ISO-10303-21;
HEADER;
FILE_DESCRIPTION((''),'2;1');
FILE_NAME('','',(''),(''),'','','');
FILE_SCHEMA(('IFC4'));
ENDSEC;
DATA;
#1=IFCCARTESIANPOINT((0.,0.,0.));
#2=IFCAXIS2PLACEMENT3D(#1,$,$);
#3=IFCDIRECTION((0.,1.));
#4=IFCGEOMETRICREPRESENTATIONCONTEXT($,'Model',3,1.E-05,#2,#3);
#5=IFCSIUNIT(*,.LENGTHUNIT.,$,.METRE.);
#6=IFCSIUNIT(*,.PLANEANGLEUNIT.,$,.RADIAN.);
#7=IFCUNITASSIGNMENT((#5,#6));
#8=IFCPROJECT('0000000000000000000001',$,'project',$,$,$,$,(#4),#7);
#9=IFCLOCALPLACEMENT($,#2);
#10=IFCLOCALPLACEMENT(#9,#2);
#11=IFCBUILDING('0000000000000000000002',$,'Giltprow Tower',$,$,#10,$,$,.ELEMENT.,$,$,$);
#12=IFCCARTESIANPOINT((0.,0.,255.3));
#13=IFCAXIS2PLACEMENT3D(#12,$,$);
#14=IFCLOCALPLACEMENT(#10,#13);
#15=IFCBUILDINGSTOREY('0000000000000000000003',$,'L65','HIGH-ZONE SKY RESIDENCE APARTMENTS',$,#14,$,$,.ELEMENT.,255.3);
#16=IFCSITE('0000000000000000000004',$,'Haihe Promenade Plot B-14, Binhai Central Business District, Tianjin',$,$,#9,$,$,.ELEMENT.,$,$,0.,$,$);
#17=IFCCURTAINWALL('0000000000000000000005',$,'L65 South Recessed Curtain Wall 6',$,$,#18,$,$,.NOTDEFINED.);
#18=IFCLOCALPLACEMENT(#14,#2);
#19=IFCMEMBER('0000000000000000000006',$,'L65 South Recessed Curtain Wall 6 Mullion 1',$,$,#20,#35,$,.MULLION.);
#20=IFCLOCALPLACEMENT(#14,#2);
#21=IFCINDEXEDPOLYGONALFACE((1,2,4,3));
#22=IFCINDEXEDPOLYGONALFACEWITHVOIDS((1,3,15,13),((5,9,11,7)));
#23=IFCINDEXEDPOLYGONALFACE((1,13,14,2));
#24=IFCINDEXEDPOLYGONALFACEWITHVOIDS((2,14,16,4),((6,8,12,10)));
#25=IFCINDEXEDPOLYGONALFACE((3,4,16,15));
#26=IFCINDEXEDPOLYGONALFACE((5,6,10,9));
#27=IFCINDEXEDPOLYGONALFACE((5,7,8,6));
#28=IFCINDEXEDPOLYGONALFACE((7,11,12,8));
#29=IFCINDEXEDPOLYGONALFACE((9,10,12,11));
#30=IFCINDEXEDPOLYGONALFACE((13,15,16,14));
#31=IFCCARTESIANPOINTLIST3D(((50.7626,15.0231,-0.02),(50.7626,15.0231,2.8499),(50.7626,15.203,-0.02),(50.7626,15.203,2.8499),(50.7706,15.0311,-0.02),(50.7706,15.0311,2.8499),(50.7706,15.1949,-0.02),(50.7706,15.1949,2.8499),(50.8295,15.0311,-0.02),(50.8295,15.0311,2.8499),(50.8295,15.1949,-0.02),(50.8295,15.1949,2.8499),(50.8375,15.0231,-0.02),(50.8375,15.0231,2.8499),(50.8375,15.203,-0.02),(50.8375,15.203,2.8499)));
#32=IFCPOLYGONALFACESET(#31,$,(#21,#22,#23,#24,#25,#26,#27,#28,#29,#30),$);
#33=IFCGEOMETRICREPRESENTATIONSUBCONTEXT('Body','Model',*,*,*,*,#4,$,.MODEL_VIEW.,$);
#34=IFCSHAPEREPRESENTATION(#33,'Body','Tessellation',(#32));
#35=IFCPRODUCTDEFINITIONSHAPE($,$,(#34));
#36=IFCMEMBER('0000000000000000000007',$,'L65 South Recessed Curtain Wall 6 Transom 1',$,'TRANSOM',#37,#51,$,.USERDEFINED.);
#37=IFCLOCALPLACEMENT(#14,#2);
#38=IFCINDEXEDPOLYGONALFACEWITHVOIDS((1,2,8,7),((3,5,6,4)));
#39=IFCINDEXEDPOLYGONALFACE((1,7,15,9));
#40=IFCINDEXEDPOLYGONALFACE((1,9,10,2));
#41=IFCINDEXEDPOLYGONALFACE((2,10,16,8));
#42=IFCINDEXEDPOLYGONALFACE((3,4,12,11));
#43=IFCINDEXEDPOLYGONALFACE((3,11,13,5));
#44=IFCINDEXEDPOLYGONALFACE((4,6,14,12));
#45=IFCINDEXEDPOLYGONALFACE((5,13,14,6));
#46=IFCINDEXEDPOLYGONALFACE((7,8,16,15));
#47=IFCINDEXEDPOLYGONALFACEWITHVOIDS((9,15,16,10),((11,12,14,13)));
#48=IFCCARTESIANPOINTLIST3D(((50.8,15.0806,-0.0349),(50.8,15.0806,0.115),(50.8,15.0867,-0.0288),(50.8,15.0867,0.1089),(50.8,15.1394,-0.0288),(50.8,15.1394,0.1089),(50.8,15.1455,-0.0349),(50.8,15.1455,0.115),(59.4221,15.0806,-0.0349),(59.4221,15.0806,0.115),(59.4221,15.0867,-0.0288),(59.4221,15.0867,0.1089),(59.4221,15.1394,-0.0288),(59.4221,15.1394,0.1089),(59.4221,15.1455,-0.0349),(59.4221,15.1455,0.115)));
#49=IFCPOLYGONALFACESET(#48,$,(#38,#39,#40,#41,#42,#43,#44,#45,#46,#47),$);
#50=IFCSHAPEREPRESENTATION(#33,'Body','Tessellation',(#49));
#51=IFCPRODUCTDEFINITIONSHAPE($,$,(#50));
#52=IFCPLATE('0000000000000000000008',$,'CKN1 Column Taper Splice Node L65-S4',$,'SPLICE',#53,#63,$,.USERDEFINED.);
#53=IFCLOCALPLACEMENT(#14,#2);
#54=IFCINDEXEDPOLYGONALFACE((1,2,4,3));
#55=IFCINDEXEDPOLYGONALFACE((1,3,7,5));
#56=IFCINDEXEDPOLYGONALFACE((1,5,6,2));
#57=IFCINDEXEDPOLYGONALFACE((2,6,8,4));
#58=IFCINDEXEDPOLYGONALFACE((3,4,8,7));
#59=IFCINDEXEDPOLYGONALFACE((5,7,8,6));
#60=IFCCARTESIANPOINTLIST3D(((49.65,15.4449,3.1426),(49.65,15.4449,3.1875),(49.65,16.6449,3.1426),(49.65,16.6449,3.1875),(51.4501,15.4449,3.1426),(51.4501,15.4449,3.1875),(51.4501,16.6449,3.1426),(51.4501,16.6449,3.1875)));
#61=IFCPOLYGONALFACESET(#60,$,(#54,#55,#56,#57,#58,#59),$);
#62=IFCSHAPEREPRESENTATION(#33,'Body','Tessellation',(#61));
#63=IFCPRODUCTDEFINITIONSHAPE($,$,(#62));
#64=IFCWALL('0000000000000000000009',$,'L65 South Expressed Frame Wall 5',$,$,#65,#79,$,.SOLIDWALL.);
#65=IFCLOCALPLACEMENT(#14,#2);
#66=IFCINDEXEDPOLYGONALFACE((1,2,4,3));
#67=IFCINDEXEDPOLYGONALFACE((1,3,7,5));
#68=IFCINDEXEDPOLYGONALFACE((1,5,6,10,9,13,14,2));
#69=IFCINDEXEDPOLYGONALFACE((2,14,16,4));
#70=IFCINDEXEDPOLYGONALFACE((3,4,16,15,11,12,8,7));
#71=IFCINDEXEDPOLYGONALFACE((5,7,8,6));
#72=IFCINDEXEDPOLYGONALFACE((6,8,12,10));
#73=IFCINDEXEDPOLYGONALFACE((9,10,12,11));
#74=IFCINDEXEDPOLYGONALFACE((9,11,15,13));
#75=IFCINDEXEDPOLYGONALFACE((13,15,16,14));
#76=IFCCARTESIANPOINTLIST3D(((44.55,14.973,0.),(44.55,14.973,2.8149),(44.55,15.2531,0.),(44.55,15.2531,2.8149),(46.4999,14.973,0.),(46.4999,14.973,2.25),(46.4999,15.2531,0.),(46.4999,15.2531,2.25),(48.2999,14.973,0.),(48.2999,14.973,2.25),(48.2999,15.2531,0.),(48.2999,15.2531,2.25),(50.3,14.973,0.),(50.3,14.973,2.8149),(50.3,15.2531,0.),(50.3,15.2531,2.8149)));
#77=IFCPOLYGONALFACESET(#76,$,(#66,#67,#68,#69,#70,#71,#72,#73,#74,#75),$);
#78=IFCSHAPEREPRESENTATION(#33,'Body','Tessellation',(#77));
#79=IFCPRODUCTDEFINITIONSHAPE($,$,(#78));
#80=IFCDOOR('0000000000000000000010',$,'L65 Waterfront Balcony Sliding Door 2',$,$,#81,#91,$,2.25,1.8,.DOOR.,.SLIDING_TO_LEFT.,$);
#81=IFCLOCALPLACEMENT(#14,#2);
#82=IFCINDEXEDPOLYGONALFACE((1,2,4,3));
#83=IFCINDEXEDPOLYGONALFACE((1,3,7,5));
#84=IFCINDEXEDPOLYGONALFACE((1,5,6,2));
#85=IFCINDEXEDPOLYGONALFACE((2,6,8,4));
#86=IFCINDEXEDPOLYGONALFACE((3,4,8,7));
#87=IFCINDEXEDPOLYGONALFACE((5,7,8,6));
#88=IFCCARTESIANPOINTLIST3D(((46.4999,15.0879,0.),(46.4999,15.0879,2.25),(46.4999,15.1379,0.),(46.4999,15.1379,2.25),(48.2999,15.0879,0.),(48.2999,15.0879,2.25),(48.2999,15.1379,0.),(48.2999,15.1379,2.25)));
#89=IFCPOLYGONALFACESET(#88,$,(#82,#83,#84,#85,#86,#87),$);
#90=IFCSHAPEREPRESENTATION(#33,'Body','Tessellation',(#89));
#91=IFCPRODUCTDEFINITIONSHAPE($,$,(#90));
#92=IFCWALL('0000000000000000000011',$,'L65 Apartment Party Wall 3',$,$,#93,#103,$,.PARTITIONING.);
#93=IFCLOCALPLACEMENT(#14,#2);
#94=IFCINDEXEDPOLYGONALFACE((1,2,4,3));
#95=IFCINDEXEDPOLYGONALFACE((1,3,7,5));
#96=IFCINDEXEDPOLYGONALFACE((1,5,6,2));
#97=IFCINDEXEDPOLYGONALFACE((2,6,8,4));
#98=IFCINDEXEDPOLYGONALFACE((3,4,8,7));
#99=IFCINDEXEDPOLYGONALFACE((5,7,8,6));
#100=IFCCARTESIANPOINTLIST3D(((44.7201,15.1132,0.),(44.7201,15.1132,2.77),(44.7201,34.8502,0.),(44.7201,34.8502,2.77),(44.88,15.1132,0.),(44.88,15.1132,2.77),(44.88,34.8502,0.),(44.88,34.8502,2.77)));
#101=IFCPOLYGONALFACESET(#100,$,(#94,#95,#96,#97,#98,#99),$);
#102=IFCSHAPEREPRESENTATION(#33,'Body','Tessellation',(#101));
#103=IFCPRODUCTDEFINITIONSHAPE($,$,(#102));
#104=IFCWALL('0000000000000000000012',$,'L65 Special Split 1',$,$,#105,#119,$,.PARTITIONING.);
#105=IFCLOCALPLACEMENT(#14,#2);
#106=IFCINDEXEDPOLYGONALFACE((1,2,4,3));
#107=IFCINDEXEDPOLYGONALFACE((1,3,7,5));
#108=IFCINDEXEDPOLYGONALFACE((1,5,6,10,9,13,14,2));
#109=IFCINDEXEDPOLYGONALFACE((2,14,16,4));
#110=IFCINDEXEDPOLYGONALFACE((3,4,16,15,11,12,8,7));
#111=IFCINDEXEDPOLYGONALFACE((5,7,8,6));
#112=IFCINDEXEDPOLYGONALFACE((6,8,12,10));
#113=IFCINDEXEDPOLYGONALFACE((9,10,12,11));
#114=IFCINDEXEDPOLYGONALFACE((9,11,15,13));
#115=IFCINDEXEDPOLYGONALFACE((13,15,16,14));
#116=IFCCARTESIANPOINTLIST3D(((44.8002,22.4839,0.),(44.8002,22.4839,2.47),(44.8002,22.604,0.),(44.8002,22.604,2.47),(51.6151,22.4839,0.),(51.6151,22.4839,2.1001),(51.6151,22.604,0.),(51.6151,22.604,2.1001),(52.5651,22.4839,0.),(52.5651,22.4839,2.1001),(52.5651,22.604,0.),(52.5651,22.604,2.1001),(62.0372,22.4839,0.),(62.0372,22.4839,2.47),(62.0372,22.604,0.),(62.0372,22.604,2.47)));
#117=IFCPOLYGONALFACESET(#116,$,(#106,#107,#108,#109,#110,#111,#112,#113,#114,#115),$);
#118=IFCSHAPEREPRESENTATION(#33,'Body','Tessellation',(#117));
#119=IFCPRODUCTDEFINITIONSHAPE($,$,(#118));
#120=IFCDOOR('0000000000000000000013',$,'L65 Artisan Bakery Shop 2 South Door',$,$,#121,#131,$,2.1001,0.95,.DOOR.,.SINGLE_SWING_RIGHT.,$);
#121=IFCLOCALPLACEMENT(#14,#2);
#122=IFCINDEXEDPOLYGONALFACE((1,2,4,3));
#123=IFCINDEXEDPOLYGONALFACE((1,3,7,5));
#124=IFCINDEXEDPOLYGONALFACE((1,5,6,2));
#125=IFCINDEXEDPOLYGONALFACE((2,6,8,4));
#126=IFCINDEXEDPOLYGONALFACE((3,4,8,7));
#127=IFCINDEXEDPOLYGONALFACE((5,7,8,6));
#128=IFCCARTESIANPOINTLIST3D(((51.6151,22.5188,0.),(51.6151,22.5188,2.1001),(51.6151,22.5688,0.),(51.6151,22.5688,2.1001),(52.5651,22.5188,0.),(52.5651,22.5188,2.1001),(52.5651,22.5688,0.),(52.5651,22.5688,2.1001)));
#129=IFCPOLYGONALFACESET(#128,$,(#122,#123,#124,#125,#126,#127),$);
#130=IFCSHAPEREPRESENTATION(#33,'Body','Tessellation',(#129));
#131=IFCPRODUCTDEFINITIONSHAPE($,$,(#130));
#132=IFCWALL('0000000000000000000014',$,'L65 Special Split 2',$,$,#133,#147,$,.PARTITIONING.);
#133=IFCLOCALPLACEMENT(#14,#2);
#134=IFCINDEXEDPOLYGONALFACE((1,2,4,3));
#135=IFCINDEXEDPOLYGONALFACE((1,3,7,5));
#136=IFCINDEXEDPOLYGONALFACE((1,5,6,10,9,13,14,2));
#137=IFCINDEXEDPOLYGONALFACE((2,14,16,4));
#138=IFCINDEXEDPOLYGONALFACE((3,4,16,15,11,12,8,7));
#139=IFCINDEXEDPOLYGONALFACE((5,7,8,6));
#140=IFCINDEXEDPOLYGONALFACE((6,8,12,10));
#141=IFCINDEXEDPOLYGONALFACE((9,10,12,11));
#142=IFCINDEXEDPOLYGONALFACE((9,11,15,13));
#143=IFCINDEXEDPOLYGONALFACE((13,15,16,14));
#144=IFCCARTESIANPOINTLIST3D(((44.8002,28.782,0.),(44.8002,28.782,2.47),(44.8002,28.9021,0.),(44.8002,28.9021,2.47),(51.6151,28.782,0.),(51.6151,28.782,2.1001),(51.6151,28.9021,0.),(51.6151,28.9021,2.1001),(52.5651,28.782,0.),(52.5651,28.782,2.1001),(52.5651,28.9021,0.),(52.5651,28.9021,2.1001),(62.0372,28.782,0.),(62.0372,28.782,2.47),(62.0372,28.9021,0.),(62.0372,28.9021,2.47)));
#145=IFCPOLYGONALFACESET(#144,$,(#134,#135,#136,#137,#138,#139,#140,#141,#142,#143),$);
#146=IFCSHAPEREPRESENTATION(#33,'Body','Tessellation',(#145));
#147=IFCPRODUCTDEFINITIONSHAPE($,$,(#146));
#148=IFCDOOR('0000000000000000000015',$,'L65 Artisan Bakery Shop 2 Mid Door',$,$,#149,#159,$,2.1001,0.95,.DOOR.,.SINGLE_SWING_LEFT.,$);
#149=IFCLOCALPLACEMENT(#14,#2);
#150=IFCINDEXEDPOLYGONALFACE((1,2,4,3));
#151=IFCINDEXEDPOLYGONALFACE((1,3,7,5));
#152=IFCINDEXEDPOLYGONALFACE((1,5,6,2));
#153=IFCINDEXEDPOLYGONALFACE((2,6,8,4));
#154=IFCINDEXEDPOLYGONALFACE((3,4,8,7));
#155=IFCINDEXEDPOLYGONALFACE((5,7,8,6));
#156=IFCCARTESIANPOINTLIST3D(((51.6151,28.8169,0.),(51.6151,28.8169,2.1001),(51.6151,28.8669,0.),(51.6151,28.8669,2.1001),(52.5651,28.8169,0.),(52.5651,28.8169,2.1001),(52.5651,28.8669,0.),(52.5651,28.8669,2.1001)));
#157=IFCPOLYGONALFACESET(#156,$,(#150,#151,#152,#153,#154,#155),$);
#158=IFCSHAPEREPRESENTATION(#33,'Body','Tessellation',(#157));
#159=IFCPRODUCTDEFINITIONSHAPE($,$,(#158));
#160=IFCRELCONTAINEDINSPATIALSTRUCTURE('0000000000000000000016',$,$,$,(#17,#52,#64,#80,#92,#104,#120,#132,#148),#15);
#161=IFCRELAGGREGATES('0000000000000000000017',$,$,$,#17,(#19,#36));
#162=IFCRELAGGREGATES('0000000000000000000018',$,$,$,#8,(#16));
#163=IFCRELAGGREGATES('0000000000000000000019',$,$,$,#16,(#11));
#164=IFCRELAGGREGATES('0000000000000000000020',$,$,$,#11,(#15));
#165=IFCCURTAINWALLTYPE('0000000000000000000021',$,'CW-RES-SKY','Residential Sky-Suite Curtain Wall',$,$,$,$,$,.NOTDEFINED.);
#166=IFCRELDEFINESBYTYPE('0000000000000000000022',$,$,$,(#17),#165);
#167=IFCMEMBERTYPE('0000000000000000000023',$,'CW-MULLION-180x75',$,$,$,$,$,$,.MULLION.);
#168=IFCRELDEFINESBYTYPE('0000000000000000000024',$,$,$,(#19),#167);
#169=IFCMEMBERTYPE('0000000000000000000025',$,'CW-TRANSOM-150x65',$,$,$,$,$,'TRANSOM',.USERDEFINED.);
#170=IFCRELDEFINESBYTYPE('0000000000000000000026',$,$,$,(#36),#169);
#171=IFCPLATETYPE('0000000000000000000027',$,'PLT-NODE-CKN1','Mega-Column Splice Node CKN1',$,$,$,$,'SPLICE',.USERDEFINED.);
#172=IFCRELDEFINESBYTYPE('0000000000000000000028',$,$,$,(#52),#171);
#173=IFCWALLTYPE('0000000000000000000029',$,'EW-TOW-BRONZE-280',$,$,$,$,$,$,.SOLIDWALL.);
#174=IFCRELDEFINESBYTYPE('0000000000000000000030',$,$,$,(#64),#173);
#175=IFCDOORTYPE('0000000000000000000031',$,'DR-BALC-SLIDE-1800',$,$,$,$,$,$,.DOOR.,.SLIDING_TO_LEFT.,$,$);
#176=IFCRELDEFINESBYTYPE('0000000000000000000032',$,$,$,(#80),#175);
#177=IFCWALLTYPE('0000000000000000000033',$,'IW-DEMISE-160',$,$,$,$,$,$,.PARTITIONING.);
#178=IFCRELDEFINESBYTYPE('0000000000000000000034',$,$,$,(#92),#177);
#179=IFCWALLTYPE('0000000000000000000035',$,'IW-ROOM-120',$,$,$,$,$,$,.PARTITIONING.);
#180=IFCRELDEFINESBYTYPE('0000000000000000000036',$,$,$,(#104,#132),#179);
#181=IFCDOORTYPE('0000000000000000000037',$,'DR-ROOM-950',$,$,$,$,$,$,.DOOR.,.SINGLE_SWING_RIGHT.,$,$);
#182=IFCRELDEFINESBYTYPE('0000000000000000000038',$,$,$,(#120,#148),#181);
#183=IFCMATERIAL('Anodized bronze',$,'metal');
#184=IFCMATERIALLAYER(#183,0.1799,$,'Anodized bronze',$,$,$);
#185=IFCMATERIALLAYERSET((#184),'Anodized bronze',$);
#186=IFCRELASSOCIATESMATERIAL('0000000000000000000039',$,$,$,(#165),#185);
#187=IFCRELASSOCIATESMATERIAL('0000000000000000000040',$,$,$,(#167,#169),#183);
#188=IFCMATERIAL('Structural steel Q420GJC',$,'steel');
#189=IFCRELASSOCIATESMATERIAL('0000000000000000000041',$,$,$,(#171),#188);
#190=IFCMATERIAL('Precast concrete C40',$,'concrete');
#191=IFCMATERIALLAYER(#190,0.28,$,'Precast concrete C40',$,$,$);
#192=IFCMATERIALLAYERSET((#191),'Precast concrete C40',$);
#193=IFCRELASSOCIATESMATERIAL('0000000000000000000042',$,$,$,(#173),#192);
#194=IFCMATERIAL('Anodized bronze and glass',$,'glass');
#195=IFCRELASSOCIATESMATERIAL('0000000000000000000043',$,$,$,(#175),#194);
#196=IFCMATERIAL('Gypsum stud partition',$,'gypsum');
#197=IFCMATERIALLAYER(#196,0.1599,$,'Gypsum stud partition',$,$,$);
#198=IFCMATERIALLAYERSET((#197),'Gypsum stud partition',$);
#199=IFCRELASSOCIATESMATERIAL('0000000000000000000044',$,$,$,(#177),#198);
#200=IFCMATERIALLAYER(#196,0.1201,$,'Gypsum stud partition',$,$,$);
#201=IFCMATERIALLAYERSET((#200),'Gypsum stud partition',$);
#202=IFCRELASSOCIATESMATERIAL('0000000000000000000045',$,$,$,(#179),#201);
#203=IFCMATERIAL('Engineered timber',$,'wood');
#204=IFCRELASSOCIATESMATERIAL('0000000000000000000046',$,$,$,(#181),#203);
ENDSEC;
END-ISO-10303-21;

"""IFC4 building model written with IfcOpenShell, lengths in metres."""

from ifc_helpers import new_model, si_unit, direction, frame, frame_2d, origin, origin_2d, place, context, subcontext, project, spatial, rectangle, hollow_rectangle, extrude, source, transform, mapped, material, layer, layer_set, material_profile, profile_set, type_object, element, fill, aggregate, save


model = new_model("IFC4")

# Units and contexts
model_context = context("Model", 3, precision=1e-05, world=origin(), true_north=direction((0.0, 1.0)))
body_context = subcontext(model_context, "Body", "Model", "MODEL_VIEW")
ifc_project = project(units=[si_unit("LENGTHUNIT", "METRE"), si_unit("PLANEANGLEUNIT", "RADIAN")], contexts=[model_context])

# Site, building, storey
site_placement = place(None, origin())
site = spatial("IfcSite", under=ifc_project, at=site_placement, Name="Haihe Promenade Plot B-14, Binhai Central Business District, Tianjin", CompositionType="ELEMENT", RefElevation=0.0)
building_placement = place(site_placement, origin())
building = spatial("IfcBuilding", under=site, at=building_placement, Name="Giltprow Tower", CompositionType="ELEMENT")
storey_placement = place(building_placement, frame((0.0, 0.0, 255.3)))
storey = spatial("IfcBuildingStorey", under=building, at=storey_placement, Name="L65", Description="HIGH-ZONE SKY RESIDENCE APARTMENTS", CompositionType="ELEMENT", Elevation=255.3)

# Curtain wall, members
ifc_material_1 = material(Name="Anodized bronze", Category="metal")
ifc_layer_1 = layer(ifc_material_1, 0.1799, Name="Anodized bronze")
ifc_layer_set_1 = layer_set([ifc_layer_1], Name="Anodized bronze")
curtain_wall_type = type_object("IfcCurtainWallType", Name="CW-RES-SKY", Description="Residential Sky-Suite Curtain Wall", PredefinedType="NOTDEFINED", material=ifc_layer_set_1)
curtain_wall_placement = place(storey_placement, origin())
curtain_wall = element("IfcCurtainWall", 1, at=curtain_wall_placement, inside=storey, type_object=curtain_wall_type, Name="L65 South Recessed Curtain Wall 6", PredefinedType="NOTDEFINED")
ifc_material_profile_1 = material_profile(ifc_material_1, hollow_rectangle(XDim=0.075, YDim=0.1799, WallThickness=0.0081, at=origin_2d()), Name="RHS 180x75x8")
ifc_profile_set_1 = profile_set([ifc_material_profile_1], Name="Anodized bronze")
member_type_1 = type_object("IfcMemberType", Name="CW-MULLION-180x75", PredefinedType="MULLION", material=ifc_profile_set_1)
shared_shape_1 = source(origin(), body_context, "Body", "SweptSolid", [
    extrude(hollow_rectangle(XDim=0.075, YDim=0.1799, WallThickness=0.0081, at=origin_2d()), origin(), (0.0, 0.0, 1.0), 2.8699),
])
member_1_placement = place(storey_placement, frame((50.8, 15.113, -0.02), z_axis=(0.0, 0.0, 1.0), x_axis=(1.0, 0.0, 0.0)))
member_1 = element("IfcMember", 2, at=member_1_placement, type_object=member_type_1, Name="L65 South Recessed Curtain Wall 6 Mullion 1", PredefinedType="MULLION", context=body_context, shape_type="MappedRepresentation", body=[
    mapped(shared_shape_1, transform((0.0, 0.0, 0.0), x_axis=(1.0, 0.0, 0.0), y_axis=(0.0, 1.0, 0.0), z_axis=(0.0, 0.0, 1.0), scale=1.0)),
])
ifc_material_profile_2 = material_profile(ifc_material_1, hollow_rectangle(XDim=0.0649, YDim=0.1499, WallThickness=0.0061, at=origin_2d()), Name="RHS 150x65x6")
ifc_profile_set_2 = profile_set([ifc_material_profile_2], Name="Anodized bronze")
member_type_2 = type_object("IfcMemberType", Name="CW-TRANSOM-150x65", ElementType="TRANSOM", PredefinedType="USERDEFINED", material=ifc_profile_set_2)
shared_shape_2 = source(origin(), body_context, "Body", "SweptSolid", [
    extrude(hollow_rectangle(XDim=0.0649, YDim=0.1499, WallThickness=0.0061, at=origin_2d()), origin(), (0.0, 0.0, 1.0), 8.6221),
])
member_2_placement = place(storey_placement, frame((50.8, 15.113, 0.04), z_axis=(1.0, 0.0, 0.0), x_axis=(0.0, 1.0, 0.0)))
member_2 = element("IfcMember", 3, at=member_2_placement, type_object=member_type_2, Name="L65 South Recessed Curtain Wall 6 Transom 1", ObjectType="TRANSOM", PredefinedType="USERDEFINED", context=body_context, shape_type="MappedRepresentation", body=[
    mapped(shared_shape_2, transform((0.0, 0.0, 0.0), x_axis=(1.0, 0.0, 0.0), y_axis=(0.0, 1.0, 0.0), z_axis=(0.0, 0.0, 1.0), scale=1.0)),
])
aggregate(curtain_wall, [member_1, member_2])

# Plate
ifc_material_2 = material(Name="Structural steel Q420GJC", Category="steel")
plate_type = type_object("IfcPlateType", Name="PLT-NODE-CKN1", Description="Mega-Column Splice Node CKN1", ElementType="SPLICE", PredefinedType="USERDEFINED", material=ifc_material_2)
shared_shape_3 = source(origin(), body_context, "Body", "SweptSolid", [
    extrude(rectangle(XDim=1.8, YDim=1.2, at=origin_2d()), origin(), (0.0, 0.0, 1.0), 0.0449),
])
plate_placement = place(storey_placement, frame((50.55, 16.0449, 3.1426), z_axis=(0.0, 0.0, 1.0), x_axis=(1.0, 0.0, 0.0)))
element("IfcPlate", 4, at=plate_placement, inside=storey, type_object=plate_type, Name="CKN1 Column Taper Splice Node L65-S4", ObjectType="SPLICE", PredefinedType="USERDEFINED", context=body_context, shape_type="MappedRepresentation", body=[
    mapped(shared_shape_3, transform((0.0, 0.0, 0.0), x_axis=(1.0, 0.0, 0.0), y_axis=(0.0, 1.0, 0.0), z_axis=(0.0, 0.0, 1.0), scale=1.0)),
])

# Wall, opening, door
ifc_material_3 = material(Name="Precast concrete C40", Category="concrete")
ifc_layer_2 = layer(ifc_material_3, 0.28, Name="Precast concrete C40")
ifc_layer_set_2 = layer_set([ifc_layer_2], Name="Precast concrete C40")
wall_type_1 = type_object("IfcWallType", Name="EW-TOW-BRONZE-280", PredefinedType="SOLIDWALL", material=ifc_layer_set_2)
wall_1_placement = place(storey_placement, frame((44.55, 15.113, 0.0), z_axis=(0.0, 0.0, 1.0), x_axis=(1.0, 0.0, 0.0)))
wall_1 = element("IfcWall", 5, at=wall_1_placement, inside=storey, type_object=wall_type_1, Name="L65 South Expressed Frame Wall 5", PredefinedType="SOLIDWALL", context=body_context, shape_type="SweptSolid", body=[
    extrude(rectangle(XDim=5.75, YDim=0.28, at=frame_2d((2.875, 0.0))), origin(), (0.0, 0.0, 1.0), 2.8149),
])
opening_1_placement = place(wall_1_placement, frame((1.95, 0.0, 0.0)))
opening_1 = element("IfcOpeningElement", 6, at=opening_1_placement, cuts=wall_1, PredefinedType="OPENING", context=body_context, shape_type="SweptSolid", body=[
    extrude(rectangle(XDim=1.8, YDim=2.25, at=frame_2d((0.8999, 1.125))), frame((0.0, 0.1499, 0.0), z_axis=(0.0, -1.0, 0.0), x_axis=(1.0, 0.0, 0.0)), (0.0, 0.0, 1.0), 0.3),
])
ifc_material_4 = material(Name="Anodized bronze and glass", Category="glass")
door_type_1 = type_object("IfcDoorType", Name="DR-BALC-SLIDE-1800", OperationType="SLIDING_TO_LEFT", PredefinedType="DOOR", material=ifc_material_4)
shared_shape_4 = source(origin(), body_context, "Body", "SweptSolid", [
    extrude(rectangle(XDim=1.8, YDim=2.25, at=frame_2d((0.8999, 1.125))), frame((0.0, 0.0249, 0.0), z_axis=(0.0, -1.0, 0.0), x_axis=(1.0, 0.0, 0.0)), (0.0, 0.0, 1.0), 0.05),
])
door_1_placement = place(opening_1_placement, origin())
door_1 = element("IfcDoor", 7, at=door_1_placement, inside=storey, type_object=door_type_1, Name="L65 Waterfront Balcony Sliding Door 2", OperationType="SLIDING_TO_LEFT", OverallHeight=2.25, OverallWidth=1.8, PredefinedType="DOOR", context=body_context, shape_type="MappedRepresentation", body=[
    mapped(shared_shape_4, transform((0.0, 0.0, 0.0), x_axis=(1.0, 0.0, 0.0), y_axis=(0.0, 1.0, 0.0), z_axis=(0.0, 0.0, 1.0), scale=1.0)),
])
fill(opening_1, door_1)

# Wall
ifc_material_5 = material(Name="Gypsum stud partition", Category="gypsum")
ifc_layer_3 = layer(ifc_material_5, 0.1599, Name="Gypsum stud partition")
ifc_layer_set_3 = layer_set([ifc_layer_3], Name="Gypsum stud partition")
wall_type_2 = type_object("IfcWallType", Name="IW-DEMISE-160", PredefinedType="PARTITIONING", material=ifc_layer_set_3)
wall_2_placement = place(storey_placement, frame((44.8, 15.113, 0.0), z_axis=(0.0, 0.0, 1.0), x_axis=(0.0, 1.0, 0.0)))
element("IfcWall", 8, at=wall_2_placement, inside=storey, type_object=wall_type_2, Name="L65 Apartment Party Wall 3", PredefinedType="PARTITIONING", context=body_context, shape_type="SweptSolid", body=[
    extrude(rectangle(XDim=19.7371, YDim=0.1599, at=frame_2d((9.8687, 0.0))), origin(), (0.0, 0.0, 1.0), 2.77),
])

# Walls, openings, doors
ifc_layer_4 = layer(ifc_material_5, 0.1201, Name="Gypsum stud partition")
ifc_layer_set_4 = layer_set([ifc_layer_4], Name="Gypsum stud partition")
wall_type_3 = type_object("IfcWallType", Name="IW-ROOM-120", PredefinedType="PARTITIONING", material=ifc_layer_set_4)
wall_3_placement = place(storey_placement, frame((44.8, 22.5439, 0.0), z_axis=(0.0, 0.0, 1.0), x_axis=(1.0, 0.0, 0.0)))
wall_3 = element("IfcWall", 9, at=wall_3_placement, inside=storey, type_object=wall_type_3, Name="L65 Special Split 1", PredefinedType="PARTITIONING", context=body_context, shape_type="SweptSolid", body=[
    extrude(rectangle(XDim=17.2371, YDim=0.1201, at=frame_2d((8.6187, 0.0))), origin(), (0.0, 0.0, 1.0), 2.47),
])
opening_2_placement = place(wall_3_placement, frame((6.8149, 0.0, 0.0)))
opening_2 = element("IfcOpeningElement", 10, at=opening_2_placement, cuts=wall_3, PredefinedType="OPENING", context=body_context, shape_type="SweptSolid", body=[
    extrude(rectangle(XDim=0.95, YDim=2.1001, at=frame_2d((0.4751, 1.05))), frame((0.0, 0.0701, 0.0), z_axis=(0.0, -1.0, 0.0), x_axis=(1.0, 0.0, 0.0)), (0.0, 0.0, 1.0), 0.1401),
])
ifc_material_6 = material(Name="Engineered timber", Category="wood")
door_type_2 = type_object("IfcDoorType", Name="DR-ROOM-950", OperationType="SINGLE_SWING_RIGHT", PredefinedType="DOOR", material=ifc_material_6)
shared_shape_5 = source(origin(), body_context, "Body", "SweptSolid", [
    extrude(rectangle(XDim=0.95, YDim=2.1001, at=frame_2d((0.4751, 1.05))), frame((0.0, 0.0249, 0.0), z_axis=(0.0, -1.0, 0.0), x_axis=(1.0, 0.0, 0.0)), (0.0, 0.0, 1.0), 0.05),
])
door_2_placement = place(opening_2_placement, origin())
door_2 = element("IfcDoor", 11, at=door_2_placement, inside=storey, type_object=door_type_2, Name="L65 Artisan Bakery Shop 2 South Door", OperationType="SINGLE_SWING_RIGHT", OverallHeight=2.1001, OverallWidth=0.95, PredefinedType="DOOR", context=body_context, shape_type="MappedRepresentation", body=[
    mapped(shared_shape_5, transform((0.0, 0.0, 0.0), x_axis=(1.0, 0.0, 0.0), y_axis=(0.0, 1.0, 0.0), z_axis=(0.0, 0.0, 1.0), scale=1.0)),
])
fill(opening_2, door_2)
wall_4_placement = place(storey_placement, frame((44.8, 28.842, 0.0), z_axis=(0.0, 0.0, 1.0), x_axis=(1.0, 0.0, 0.0)))
wall_4 = element("IfcWall", 12, at=wall_4_placement, inside=storey, type_object=wall_type_3, Name="L65 Special Split 2", PredefinedType="PARTITIONING", context=body_context, shape_type="SweptSolid", body=[
    extrude(rectangle(XDim=17.2371, YDim=0.1201, at=frame_2d((8.6187, 0.0))), origin(), (0.0, 0.0, 1.0), 2.47),
])
opening_3_placement = place(wall_4_placement, frame((6.8149, 0.0, 0.0)))
opening_3 = element("IfcOpeningElement", 13, at=opening_3_placement, cuts=wall_4, PredefinedType="OPENING", context=body_context, shape_type="SweptSolid", body=[
    extrude(rectangle(XDim=0.95, YDim=2.1001, at=frame_2d((0.4751, 1.05))), frame((0.0, 0.0701, 0.0), z_axis=(0.0, -1.0, 0.0), x_axis=(1.0, 0.0, 0.0)), (0.0, 0.0, 1.0), 0.1401),
])
door_3_placement = place(opening_3_placement, origin())
door_3 = element("IfcDoor", 14, at=door_3_placement, inside=storey, type_object=door_type_2, Name="L65 Artisan Bakery Shop 2 Mid Door", OperationType="SINGLE_SWING_LEFT", OverallHeight=2.1001, OverallWidth=0.95, PredefinedType="DOOR", context=body_context, shape_type="MappedRepresentation", body=[
    mapped(shared_shape_5, transform((0.0, 0.0, 0.0), x_axis=(1.0, 0.0, 0.0), y_axis=(0.0, 1.0, 0.0), z_axis=(0.0, 0.0, 1.0), scale=1.0)),
])
fill(opening_3, door_3)

save(model, "model.ifc")
